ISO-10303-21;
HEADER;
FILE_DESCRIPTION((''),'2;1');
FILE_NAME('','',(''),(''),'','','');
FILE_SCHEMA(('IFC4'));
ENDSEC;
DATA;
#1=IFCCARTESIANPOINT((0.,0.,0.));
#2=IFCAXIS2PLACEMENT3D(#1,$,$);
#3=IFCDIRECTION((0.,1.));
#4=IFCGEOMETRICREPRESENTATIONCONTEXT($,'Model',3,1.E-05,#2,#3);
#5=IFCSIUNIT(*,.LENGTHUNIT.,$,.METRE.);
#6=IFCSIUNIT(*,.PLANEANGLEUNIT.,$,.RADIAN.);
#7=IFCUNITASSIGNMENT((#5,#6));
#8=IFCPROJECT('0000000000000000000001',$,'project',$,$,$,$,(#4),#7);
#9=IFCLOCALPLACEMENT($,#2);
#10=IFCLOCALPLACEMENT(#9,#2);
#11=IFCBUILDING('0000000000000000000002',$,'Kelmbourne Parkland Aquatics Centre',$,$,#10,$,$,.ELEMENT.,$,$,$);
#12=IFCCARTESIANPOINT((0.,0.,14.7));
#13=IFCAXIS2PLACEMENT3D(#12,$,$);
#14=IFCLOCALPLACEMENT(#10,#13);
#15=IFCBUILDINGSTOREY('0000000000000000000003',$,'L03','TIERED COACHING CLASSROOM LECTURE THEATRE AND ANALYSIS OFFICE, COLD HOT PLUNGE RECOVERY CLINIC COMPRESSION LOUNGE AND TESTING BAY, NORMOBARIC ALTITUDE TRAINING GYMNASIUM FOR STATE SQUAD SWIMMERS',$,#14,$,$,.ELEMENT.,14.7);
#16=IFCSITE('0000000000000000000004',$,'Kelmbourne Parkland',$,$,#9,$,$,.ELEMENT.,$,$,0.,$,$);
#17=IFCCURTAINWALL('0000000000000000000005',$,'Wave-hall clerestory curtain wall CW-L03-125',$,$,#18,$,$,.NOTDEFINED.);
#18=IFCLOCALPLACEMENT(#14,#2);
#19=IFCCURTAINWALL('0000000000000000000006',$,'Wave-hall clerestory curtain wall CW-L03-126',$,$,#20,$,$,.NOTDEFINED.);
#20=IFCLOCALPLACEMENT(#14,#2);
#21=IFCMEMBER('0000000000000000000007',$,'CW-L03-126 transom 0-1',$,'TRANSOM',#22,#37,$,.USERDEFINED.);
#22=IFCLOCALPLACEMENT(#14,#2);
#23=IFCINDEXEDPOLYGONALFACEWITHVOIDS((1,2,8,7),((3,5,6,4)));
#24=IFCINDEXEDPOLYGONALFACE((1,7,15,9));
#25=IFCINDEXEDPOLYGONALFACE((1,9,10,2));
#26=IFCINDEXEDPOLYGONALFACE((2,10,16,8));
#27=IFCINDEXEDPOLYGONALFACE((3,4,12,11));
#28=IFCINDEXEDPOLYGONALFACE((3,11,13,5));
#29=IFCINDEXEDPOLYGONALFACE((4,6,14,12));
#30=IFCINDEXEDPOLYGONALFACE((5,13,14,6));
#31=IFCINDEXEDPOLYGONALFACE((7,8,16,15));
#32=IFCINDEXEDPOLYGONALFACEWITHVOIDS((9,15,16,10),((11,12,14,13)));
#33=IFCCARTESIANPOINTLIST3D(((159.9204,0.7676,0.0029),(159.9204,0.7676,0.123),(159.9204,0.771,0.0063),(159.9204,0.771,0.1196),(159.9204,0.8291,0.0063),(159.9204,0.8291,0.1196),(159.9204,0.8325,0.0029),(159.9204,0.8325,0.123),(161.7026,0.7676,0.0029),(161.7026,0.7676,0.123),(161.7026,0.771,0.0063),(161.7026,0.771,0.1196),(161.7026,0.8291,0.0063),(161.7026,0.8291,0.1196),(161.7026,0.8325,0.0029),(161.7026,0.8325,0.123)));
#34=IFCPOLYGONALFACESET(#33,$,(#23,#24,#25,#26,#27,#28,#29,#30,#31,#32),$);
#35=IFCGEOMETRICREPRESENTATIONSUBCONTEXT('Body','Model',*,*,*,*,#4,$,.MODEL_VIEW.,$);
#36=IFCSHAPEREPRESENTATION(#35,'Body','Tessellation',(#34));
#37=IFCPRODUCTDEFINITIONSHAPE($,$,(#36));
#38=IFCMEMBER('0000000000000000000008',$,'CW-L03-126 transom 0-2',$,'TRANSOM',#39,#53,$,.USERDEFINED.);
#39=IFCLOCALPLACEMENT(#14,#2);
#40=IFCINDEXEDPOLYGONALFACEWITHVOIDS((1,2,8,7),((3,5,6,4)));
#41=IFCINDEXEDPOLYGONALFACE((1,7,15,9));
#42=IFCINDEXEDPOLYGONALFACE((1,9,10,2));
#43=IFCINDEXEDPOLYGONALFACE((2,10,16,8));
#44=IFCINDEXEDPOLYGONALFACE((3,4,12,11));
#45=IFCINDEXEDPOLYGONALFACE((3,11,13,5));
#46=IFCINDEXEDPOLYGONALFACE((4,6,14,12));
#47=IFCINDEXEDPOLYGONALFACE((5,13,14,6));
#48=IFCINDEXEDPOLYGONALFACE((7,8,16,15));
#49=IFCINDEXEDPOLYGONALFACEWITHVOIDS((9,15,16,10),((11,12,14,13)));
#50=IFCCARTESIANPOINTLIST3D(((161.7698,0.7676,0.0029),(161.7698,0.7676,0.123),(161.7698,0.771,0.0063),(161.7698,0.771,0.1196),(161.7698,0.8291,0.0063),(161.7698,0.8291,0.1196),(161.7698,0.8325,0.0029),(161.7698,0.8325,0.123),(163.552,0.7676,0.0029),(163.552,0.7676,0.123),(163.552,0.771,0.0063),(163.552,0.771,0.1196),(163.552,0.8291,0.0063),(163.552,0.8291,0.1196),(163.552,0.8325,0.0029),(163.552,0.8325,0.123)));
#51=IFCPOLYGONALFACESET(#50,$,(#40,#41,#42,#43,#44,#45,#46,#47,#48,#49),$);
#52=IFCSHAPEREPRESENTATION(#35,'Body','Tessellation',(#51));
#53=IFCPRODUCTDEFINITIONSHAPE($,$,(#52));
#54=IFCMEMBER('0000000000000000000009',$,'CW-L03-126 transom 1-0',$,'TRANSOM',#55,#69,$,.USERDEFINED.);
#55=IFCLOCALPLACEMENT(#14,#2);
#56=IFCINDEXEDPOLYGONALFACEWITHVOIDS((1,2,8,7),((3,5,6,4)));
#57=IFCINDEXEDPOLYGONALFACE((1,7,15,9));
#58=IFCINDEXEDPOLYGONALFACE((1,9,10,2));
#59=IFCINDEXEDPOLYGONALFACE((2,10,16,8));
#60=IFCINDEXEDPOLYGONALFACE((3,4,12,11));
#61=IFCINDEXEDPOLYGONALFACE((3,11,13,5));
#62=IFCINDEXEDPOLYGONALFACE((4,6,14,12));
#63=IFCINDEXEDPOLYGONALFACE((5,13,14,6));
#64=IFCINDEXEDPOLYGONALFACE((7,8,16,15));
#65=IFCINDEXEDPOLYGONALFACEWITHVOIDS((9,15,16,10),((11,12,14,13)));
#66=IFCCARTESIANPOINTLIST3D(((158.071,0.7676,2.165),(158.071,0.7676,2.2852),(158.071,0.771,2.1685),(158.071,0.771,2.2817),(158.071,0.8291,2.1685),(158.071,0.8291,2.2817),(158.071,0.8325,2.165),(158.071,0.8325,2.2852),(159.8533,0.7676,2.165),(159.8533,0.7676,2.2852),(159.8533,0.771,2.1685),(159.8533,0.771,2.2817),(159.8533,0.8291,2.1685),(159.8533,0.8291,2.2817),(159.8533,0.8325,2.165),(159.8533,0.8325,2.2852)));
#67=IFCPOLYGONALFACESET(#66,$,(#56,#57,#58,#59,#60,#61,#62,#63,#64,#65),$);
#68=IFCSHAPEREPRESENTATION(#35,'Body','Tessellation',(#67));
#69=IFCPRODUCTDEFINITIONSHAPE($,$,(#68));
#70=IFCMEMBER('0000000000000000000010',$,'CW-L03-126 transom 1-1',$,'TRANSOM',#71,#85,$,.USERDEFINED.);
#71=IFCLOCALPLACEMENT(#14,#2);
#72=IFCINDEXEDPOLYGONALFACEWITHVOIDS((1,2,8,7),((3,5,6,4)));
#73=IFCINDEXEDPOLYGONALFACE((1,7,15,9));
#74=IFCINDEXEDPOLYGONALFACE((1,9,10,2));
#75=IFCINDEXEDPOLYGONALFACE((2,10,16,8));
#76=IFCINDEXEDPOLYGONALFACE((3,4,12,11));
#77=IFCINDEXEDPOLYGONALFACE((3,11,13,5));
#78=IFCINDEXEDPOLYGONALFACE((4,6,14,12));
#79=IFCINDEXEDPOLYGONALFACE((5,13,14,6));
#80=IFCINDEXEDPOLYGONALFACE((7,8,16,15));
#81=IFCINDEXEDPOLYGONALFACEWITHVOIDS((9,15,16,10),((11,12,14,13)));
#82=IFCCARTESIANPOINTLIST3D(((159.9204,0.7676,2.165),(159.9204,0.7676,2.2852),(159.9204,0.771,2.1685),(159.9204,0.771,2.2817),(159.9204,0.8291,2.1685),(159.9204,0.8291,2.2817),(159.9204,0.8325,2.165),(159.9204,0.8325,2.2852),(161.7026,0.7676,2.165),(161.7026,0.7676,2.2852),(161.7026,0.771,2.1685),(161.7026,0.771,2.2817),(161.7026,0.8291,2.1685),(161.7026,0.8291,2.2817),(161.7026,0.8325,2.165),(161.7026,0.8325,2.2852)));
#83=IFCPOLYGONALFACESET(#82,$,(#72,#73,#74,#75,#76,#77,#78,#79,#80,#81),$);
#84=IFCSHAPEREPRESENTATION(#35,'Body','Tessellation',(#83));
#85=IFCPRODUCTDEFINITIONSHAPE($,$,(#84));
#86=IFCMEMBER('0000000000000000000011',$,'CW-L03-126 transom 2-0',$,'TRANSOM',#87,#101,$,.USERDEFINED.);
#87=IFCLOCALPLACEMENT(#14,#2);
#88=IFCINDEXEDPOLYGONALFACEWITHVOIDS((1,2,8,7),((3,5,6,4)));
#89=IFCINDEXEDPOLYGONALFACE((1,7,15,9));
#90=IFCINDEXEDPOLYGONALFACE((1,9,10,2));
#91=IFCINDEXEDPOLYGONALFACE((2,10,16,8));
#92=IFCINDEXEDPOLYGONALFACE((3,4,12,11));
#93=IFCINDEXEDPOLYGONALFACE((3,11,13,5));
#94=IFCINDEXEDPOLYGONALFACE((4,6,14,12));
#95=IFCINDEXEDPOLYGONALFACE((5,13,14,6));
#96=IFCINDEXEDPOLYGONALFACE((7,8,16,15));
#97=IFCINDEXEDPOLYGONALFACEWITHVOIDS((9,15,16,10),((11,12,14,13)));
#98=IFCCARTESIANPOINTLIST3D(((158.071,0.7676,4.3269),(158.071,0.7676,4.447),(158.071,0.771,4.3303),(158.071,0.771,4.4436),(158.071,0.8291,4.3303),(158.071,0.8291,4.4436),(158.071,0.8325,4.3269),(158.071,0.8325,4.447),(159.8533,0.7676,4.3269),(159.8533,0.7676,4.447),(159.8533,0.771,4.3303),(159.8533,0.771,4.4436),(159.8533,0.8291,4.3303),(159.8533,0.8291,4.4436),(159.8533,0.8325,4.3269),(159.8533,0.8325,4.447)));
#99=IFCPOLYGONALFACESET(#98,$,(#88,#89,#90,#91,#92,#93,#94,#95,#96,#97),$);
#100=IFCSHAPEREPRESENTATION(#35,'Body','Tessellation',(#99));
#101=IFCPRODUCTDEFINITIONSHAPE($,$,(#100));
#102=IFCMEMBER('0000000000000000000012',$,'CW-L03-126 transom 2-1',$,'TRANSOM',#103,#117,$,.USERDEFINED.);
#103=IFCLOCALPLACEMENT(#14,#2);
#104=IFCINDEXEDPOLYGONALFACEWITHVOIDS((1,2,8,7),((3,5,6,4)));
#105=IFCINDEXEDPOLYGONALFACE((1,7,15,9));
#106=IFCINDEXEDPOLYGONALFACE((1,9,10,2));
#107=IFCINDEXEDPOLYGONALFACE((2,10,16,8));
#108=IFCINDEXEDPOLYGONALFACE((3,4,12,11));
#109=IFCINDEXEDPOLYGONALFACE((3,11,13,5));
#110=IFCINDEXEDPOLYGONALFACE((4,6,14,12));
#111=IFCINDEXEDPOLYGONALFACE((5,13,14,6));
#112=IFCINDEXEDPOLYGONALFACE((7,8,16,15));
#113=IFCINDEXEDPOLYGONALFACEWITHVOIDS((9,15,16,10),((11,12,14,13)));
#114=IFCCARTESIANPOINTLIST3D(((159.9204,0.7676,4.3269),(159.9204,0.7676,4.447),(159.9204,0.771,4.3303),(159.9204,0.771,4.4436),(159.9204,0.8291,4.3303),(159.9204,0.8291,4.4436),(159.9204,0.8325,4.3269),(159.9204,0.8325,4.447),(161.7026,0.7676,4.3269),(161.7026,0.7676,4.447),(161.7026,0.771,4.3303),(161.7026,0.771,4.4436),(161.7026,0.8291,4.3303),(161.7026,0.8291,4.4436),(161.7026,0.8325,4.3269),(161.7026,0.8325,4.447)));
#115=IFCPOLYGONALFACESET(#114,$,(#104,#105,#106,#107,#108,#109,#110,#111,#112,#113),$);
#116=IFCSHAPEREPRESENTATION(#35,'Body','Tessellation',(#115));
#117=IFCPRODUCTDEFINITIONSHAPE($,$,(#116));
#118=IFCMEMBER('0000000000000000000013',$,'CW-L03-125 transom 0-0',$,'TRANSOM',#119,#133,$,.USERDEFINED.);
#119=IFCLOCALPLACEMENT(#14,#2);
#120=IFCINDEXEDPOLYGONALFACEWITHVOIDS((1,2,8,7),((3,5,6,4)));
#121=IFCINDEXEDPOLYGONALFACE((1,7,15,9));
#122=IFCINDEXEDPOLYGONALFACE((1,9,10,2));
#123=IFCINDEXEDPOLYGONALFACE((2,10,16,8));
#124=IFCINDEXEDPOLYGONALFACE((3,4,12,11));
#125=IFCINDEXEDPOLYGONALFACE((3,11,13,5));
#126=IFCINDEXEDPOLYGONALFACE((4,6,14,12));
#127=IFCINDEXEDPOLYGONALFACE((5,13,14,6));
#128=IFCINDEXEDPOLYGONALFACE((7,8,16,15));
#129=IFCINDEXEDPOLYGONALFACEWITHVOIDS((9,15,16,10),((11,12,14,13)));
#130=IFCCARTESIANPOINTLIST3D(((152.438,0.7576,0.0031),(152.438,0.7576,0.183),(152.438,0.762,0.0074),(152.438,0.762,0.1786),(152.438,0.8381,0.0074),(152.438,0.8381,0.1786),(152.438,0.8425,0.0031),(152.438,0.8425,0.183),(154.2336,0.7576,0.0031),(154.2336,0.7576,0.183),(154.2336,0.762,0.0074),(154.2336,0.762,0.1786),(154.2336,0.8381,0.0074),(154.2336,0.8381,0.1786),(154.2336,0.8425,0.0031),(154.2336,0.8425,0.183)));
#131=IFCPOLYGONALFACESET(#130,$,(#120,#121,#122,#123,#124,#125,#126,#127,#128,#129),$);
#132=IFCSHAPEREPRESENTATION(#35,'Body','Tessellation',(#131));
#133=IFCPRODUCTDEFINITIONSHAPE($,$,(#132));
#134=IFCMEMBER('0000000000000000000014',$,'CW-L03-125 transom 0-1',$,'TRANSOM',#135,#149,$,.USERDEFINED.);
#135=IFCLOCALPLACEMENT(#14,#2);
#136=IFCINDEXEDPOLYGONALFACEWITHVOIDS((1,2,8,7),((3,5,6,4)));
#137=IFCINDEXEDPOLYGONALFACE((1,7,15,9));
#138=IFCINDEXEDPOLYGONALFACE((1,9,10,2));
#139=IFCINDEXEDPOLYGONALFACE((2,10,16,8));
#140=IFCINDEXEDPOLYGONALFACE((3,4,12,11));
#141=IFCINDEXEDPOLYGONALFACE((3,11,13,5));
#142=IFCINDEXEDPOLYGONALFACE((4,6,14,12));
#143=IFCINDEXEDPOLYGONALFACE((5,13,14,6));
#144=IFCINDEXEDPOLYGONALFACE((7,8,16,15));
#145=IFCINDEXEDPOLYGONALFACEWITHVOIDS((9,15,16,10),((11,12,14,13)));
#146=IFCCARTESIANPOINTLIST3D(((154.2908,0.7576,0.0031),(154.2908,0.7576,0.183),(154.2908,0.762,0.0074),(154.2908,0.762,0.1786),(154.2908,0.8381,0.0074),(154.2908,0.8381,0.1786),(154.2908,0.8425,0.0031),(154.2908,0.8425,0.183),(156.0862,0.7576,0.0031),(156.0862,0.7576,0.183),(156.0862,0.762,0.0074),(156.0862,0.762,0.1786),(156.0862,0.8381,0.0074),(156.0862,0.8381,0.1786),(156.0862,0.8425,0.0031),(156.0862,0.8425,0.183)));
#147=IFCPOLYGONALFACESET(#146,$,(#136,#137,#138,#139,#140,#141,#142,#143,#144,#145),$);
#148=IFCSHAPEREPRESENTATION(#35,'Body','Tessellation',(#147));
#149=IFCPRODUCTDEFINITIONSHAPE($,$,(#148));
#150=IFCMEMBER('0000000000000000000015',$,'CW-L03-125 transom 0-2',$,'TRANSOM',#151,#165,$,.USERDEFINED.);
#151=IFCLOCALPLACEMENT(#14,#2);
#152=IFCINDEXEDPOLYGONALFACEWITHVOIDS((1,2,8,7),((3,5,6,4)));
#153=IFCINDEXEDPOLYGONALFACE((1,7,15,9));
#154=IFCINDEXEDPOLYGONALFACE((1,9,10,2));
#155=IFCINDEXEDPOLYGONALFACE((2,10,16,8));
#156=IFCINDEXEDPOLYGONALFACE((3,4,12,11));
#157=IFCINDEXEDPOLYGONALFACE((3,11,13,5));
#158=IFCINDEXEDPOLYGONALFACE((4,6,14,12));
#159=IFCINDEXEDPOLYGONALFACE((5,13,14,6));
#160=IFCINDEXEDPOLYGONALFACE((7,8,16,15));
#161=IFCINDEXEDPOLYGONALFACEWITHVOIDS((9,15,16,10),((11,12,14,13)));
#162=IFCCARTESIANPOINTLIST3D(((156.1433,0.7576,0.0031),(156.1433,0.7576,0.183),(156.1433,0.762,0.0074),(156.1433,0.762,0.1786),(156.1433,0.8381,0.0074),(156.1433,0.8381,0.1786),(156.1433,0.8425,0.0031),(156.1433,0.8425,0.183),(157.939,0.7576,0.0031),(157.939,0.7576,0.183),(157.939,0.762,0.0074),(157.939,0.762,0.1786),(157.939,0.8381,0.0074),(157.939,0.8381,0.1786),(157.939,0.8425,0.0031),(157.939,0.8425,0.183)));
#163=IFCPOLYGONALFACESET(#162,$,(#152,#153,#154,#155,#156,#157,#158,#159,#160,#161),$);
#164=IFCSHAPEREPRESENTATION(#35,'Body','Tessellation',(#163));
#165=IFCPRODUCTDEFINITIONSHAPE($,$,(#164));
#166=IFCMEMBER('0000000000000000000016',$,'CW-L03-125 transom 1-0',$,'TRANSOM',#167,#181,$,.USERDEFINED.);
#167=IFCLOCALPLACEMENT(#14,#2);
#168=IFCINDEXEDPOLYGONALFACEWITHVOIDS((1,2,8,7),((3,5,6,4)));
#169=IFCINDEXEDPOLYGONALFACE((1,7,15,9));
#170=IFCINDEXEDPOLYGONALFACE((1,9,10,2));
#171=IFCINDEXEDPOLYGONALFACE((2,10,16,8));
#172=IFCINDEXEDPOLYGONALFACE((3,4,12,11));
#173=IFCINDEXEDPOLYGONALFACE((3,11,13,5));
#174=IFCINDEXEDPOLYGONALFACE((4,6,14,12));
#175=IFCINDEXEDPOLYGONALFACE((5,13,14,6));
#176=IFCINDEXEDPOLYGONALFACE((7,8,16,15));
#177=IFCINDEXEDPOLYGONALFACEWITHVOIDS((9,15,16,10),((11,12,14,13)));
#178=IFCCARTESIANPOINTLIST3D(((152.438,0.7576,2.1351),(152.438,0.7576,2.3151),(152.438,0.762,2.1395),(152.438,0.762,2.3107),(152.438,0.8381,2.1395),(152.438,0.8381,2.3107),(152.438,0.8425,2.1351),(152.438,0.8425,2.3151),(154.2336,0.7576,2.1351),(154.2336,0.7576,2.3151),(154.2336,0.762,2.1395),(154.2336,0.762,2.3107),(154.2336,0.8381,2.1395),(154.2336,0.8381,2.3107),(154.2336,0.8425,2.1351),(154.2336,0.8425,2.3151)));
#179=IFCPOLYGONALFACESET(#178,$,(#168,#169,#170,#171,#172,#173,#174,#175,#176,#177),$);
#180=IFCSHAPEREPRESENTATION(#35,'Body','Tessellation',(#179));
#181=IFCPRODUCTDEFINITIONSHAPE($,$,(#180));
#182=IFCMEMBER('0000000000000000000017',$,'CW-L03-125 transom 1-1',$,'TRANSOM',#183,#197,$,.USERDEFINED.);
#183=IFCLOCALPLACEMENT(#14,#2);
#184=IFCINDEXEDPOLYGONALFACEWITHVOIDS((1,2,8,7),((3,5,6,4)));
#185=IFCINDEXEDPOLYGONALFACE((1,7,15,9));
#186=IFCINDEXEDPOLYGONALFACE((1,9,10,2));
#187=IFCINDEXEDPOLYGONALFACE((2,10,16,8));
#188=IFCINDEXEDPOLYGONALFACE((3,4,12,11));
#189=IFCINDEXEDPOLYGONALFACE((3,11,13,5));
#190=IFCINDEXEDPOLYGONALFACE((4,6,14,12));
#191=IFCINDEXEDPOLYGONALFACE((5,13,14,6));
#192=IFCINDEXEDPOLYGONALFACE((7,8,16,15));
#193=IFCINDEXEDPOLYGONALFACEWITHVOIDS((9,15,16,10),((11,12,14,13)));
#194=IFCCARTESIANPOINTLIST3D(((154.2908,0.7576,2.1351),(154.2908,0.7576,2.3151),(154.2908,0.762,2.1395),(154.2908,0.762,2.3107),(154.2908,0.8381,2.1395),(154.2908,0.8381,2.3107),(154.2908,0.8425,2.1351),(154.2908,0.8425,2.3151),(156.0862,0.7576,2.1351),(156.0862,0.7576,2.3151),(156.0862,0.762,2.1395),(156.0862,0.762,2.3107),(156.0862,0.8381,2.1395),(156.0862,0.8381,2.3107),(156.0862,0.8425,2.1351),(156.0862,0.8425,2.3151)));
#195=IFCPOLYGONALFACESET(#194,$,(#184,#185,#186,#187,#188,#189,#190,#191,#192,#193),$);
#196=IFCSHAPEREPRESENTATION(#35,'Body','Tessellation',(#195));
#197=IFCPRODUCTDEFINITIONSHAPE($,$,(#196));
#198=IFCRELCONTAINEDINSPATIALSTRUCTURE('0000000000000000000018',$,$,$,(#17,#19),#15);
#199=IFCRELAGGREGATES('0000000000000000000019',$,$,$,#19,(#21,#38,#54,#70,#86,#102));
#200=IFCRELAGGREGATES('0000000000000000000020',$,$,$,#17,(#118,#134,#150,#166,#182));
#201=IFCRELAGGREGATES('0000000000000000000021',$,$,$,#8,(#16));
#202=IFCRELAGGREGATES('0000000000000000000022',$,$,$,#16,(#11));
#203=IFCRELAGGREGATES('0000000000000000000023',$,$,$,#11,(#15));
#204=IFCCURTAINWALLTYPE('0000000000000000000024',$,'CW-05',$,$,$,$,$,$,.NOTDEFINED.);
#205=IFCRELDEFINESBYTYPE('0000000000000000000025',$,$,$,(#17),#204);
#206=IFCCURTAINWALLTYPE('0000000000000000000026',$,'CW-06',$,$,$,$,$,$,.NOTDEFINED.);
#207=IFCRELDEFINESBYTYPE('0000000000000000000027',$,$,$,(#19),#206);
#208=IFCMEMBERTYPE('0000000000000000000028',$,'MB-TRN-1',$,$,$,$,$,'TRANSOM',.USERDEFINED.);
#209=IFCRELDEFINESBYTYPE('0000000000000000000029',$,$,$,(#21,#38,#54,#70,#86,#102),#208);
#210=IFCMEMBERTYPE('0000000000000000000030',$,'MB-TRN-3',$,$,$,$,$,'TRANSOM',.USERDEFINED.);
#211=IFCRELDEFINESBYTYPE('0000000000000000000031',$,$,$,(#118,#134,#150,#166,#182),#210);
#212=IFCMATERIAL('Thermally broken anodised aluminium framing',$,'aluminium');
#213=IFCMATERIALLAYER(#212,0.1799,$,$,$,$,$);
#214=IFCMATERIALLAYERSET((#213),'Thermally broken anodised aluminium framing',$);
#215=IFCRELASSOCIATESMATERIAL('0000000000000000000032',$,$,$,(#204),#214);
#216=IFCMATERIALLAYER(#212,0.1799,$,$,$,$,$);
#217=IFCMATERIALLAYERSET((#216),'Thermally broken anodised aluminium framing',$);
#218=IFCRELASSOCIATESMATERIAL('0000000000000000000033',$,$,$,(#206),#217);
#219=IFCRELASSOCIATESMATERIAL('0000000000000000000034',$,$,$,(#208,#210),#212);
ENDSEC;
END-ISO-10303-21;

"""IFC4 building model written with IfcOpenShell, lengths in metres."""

from ifc_helpers import new_model, si_unit, direction, frame, origin, origin_2d, place, context, subcontext, project, spatial, hollow_rectangle, extrude, material, layer, layer_set, material_profile, profile_set, type_object, element, aggregate, save


model = new_model("IFC4")

# Units and contexts
model_context = context("Model", 3, precision=1e-05, world=origin(), true_north=direction((0.0, 1.0)))
body_context = subcontext(model_context, "Body", "Model", "MODEL_VIEW")
ifc_project = project(units=[si_unit("LENGTHUNIT", "METRE"), si_unit("PLANEANGLEUNIT", "RADIAN")], contexts=[model_context])

# Site, building, storey
site_placement = place(None, origin())
site = spatial("IfcSite", under=ifc_project, at=site_placement, Name="Kelmbourne Parkland", CompositionType="ELEMENT", RefElevation=0.0)
building_placement = place(site_placement, origin())
building = spatial("IfcBuilding", under=site, at=building_placement, Name="Kelmbourne Parkland Aquatics Centre", CompositionType="ELEMENT")
storey_placement = place(building_placement, frame((0.0, 0.0, 14.7)))
storey = spatial("IfcBuildingStorey", under=building, at=storey_placement, Name="L03", Description="TIERED COACHING CLASSROOM LECTURE THEATRE AND ANALYSIS OFFICE, COLD HOT PLUNGE RECOVERY CLINIC COMPRESSION LOUNGE AND TESTING BAY, NORMOBARIC ALTITUDE TRAINING GYMNASIUM FOR STATE SQUAD SWIMMERS", CompositionType="ELEMENT", Elevation=14.7)

# Curtain walls
ifc_material_1 = material(Name="Thermally broken anodised aluminium framing", Category="aluminium")
ifc_layer_1 = layer(ifc_material_1, 0.1799)
ifc_layer_set_1 = layer_set([ifc_layer_1], Name="Thermally broken anodised aluminium framing")
curtain_wall_type_1 = type_object("IfcCurtainWallType", Name="CW-05", PredefinedType="NOTDEFINED", material=ifc_layer_set_1)
curtain_wall_1_placement = place(storey_placement, origin())
curtain_wall_1 = element("IfcCurtainWall", 1, at=curtain_wall_1_placement, inside=storey, type_object=curtain_wall_type_1, Name="Wave-hall clerestory curtain wall CW-L03-125", PredefinedType="NOTDEFINED")
ifc_layer_2 = layer(ifc_material_1, 0.1799)
ifc_layer_set_2 = layer_set([ifc_layer_2], Name="Thermally broken anodised aluminium framing")
curtain_wall_type_2 = type_object("IfcCurtainWallType", Name="CW-06", PredefinedType="NOTDEFINED", material=ifc_layer_set_2)
curtain_wall_2_placement = place(storey_placement, origin())
curtain_wall_2 = element("IfcCurtainWall", 2, at=curtain_wall_2_placement, inside=storey, type_object=curtain_wall_type_2, Name="Wave-hall clerestory curtain wall CW-L03-126", PredefinedType="NOTDEFINED")

# Members
ifc_material_profile_1 = material_profile(ifc_material_1, hollow_rectangle(XDim=0.0649, YDim=0.1201, WallThickness=0.0034, at=origin_2d()), Name="CW-T 65x120")
ifc_profile_set_1 = profile_set([ifc_material_profile_1], Name="Thermally broken anodised aluminium framing")
member_type_1 = type_object("IfcMemberType", Name="MB-TRN-1", ElementType="TRANSOM", PredefinedType="USERDEFINED", material=ifc_profile_set_1)
member_1_placement = place(storey_placement, frame((159.9204, 0.8, 0.063), z_axis=(1.0, 0.0, 0.0), x_axis=(0.0, 1.0, 0.0)))
member_1 = element("IfcMember", 3, at=member_1_placement, type_object=member_type_1, Name="CW-L03-126 transom 0-1", ObjectType="TRANSOM", PredefinedType="USERDEFINED", context=body_context, shape_type="SweptSolid", body=[
    extrude(hollow_rectangle(XDim=0.0649, YDim=0.1201, WallThickness=0.0034, at=origin_2d()), origin(), (0.0, 0.0, 1.0), 1.7822),
])
member_2_placement = place(storey_placement, frame((161.7698, 0.8, 0.063), z_axis=(1.0, 0.0, 0.0), x_axis=(0.0, 1.0, 0.0)))
member_2 = element("IfcMember", 4, at=member_2_placement, type_object=member_type_1, Name="CW-L03-126 transom 0-2", ObjectType="TRANSOM", PredefinedType="USERDEFINED", context=body_context, shape_type="SweptSolid", body=[
    extrude(hollow_rectangle(XDim=0.0649, YDim=0.1201, WallThickness=0.0034, at=origin_2d()), origin(), (0.0, 0.0, 1.0), 1.7822),
])
member_3_placement = place(storey_placement, frame((158.071, 0.8, 2.2251), z_axis=(1.0, 0.0, 0.0), x_axis=(0.0, 1.0, 0.0)))
member_3 = element("IfcMember", 5, at=member_3_placement, type_object=member_type_1, Name="CW-L03-126 transom 1-0", ObjectType="TRANSOM", PredefinedType="USERDEFINED", context=body_context, shape_type="SweptSolid", body=[
    extrude(hollow_rectangle(XDim=0.0649, YDim=0.1201, WallThickness=0.0034, at=origin_2d()), origin(), (0.0, 0.0, 1.0), 1.7822),
])
member_4_placement = place(storey_placement, frame((159.9204, 0.8, 2.2251), z_axis=(1.0, 0.0, 0.0), x_axis=(0.0, 1.0, 0.0)))
member_4 = element("IfcMember", 6, at=member_4_placement, type_object=member_type_1, Name="CW-L03-126 transom 1-1", ObjectType="TRANSOM", PredefinedType="USERDEFINED", context=body_context, shape_type="SweptSolid", body=[
    extrude(hollow_rectangle(XDim=0.0649, YDim=0.1201, WallThickness=0.0034, at=origin_2d()), origin(), (0.0, 0.0, 1.0), 1.7822),
])
member_5_placement = place(storey_placement, frame((158.071, 0.8, 4.387), z_axis=(1.0, 0.0, 0.0), x_axis=(0.0, 1.0, 0.0)))
member_5 = element("IfcMember", 7, at=member_5_placement, type_object=member_type_1, Name="CW-L03-126 transom 2-0", ObjectType="TRANSOM", PredefinedType="USERDEFINED", context=body_context, shape_type="SweptSolid", body=[
    extrude(hollow_rectangle(XDim=0.0649, YDim=0.1201, WallThickness=0.0034, at=origin_2d()), origin(), (0.0, 0.0, 1.0), 1.7822),
])
member_6_placement = place(storey_placement, frame((159.9204, 0.8, 4.387), z_axis=(1.0, 0.0, 0.0), x_axis=(0.0, 1.0, 0.0)))
member_6 = element("IfcMember", 8, at=member_6_placement, type_object=member_type_1, Name="CW-L03-126 transom 2-1", ObjectType="TRANSOM", PredefinedType="USERDEFINED", context=body_context, shape_type="SweptSolid", body=[
    extrude(hollow_rectangle(XDim=0.0649, YDim=0.1201, WallThickness=0.0034, at=origin_2d()), origin(), (0.0, 0.0, 1.0), 1.7822),
])
ifc_material_profile_2 = material_profile(ifc_material_1, hollow_rectangle(XDim=0.085, YDim=0.1799, WallThickness=0.0044, at=origin_2d()), Name="CW-T 85x180")
ifc_profile_set_2 = profile_set([ifc_material_profile_2], Name="Thermally broken anodised aluminium framing")
member_type_2 = type_object("IfcMemberType", Name="MB-TRN-3", ElementType="TRANSOM", PredefinedType="USERDEFINED", material=ifc_profile_set_2)
member_7_placement = place(storey_placement, frame((152.438, 0.8, 0.093), z_axis=(1.0, 0.0, 0.0), x_axis=(0.0, 1.0, 0.0)))
member_7 = element("IfcMember", 9, at=member_7_placement, type_object=member_type_2, Name="CW-L03-125 transom 0-0", ObjectType="TRANSOM", PredefinedType="USERDEFINED", context=body_context, shape_type="SweptSolid", body=[
    extrude(hollow_rectangle(XDim=0.085, YDim=0.1799, WallThickness=0.0044, at=origin_2d()), origin(), (0.0, 0.0, 1.0), 1.7957),
])
member_8_placement = place(storey_placement, frame((154.2908, 0.8, 0.093), z_axis=(1.0, 0.0, 0.0), x_axis=(0.0, 1.0, 0.0)))
member_8 = element("IfcMember", 10, at=member_8_placement, type_object=member_type_2, Name="CW-L03-125 transom 0-1", ObjectType="TRANSOM", PredefinedType="USERDEFINED", context=body_context, shape_type="SweptSolid", body=[
    extrude(hollow_rectangle(XDim=0.085, YDim=0.1799, WallThickness=0.0044, at=origin_2d()), origin(), (0.0, 0.0, 1.0), 1.7954),
])
member_9_placement = place(storey_placement, frame((156.1433, 0.8, 0.093), z_axis=(1.0, 0.0, 0.0), x_axis=(0.0, 1.0, 0.0)))
member_9 = element("IfcMember", 11, at=member_9_placement, type_object=member_type_2, Name="CW-L03-125 transom 0-2", ObjectType="TRANSOM", PredefinedType="USERDEFINED", context=body_context, shape_type="SweptSolid", body=[
    extrude(hollow_rectangle(XDim=0.085, YDim=0.1799, WallThickness=0.0044, at=origin_2d()), origin(), (0.0, 0.0, 1.0), 1.7957),
])
member_10_placement = place(storey_placement, frame((152.438, 0.8, 2.2251), z_axis=(1.0, 0.0, 0.0), x_axis=(0.0, 1.0, 0.0)))
member_10 = element("IfcMember", 12, at=member_10_placement, type_object=member_type_2, Name="CW-L03-125 transom 1-0", ObjectType="TRANSOM", PredefinedType="USERDEFINED", context=body_context, shape_type="SweptSolid", body=[
    extrude(hollow_rectangle(XDim=0.085, YDim=0.1799, WallThickness=0.0044, at=origin_2d()), origin(), (0.0, 0.0, 1.0), 1.7957),
])
member_11_placement = place(storey_placement, frame((154.2908, 0.8, 2.2251), z_axis=(1.0, 0.0, 0.0), x_axis=(0.0, 1.0, 0.0)))
member_11 = element("IfcMember", 13, at=member_11_placement, type_object=member_type_2, Name="CW-L03-125 transom 1-1", ObjectType="TRANSOM", PredefinedType="USERDEFINED", context=body_context, shape_type="SweptSolid", body=[
    extrude(hollow_rectangle(XDim=0.085, YDim=0.1799, WallThickness=0.0044, at=origin_2d()), origin(), (0.0, 0.0, 1.0), 1.7954),
])

aggregate(curtain_wall_2, [member_1, member_2, member_3, member_4, member_5, member_6])
aggregate(curtain_wall_1, [member_7, member_8, member_9, member_10, member_11])

save(model, "model.ifc")
